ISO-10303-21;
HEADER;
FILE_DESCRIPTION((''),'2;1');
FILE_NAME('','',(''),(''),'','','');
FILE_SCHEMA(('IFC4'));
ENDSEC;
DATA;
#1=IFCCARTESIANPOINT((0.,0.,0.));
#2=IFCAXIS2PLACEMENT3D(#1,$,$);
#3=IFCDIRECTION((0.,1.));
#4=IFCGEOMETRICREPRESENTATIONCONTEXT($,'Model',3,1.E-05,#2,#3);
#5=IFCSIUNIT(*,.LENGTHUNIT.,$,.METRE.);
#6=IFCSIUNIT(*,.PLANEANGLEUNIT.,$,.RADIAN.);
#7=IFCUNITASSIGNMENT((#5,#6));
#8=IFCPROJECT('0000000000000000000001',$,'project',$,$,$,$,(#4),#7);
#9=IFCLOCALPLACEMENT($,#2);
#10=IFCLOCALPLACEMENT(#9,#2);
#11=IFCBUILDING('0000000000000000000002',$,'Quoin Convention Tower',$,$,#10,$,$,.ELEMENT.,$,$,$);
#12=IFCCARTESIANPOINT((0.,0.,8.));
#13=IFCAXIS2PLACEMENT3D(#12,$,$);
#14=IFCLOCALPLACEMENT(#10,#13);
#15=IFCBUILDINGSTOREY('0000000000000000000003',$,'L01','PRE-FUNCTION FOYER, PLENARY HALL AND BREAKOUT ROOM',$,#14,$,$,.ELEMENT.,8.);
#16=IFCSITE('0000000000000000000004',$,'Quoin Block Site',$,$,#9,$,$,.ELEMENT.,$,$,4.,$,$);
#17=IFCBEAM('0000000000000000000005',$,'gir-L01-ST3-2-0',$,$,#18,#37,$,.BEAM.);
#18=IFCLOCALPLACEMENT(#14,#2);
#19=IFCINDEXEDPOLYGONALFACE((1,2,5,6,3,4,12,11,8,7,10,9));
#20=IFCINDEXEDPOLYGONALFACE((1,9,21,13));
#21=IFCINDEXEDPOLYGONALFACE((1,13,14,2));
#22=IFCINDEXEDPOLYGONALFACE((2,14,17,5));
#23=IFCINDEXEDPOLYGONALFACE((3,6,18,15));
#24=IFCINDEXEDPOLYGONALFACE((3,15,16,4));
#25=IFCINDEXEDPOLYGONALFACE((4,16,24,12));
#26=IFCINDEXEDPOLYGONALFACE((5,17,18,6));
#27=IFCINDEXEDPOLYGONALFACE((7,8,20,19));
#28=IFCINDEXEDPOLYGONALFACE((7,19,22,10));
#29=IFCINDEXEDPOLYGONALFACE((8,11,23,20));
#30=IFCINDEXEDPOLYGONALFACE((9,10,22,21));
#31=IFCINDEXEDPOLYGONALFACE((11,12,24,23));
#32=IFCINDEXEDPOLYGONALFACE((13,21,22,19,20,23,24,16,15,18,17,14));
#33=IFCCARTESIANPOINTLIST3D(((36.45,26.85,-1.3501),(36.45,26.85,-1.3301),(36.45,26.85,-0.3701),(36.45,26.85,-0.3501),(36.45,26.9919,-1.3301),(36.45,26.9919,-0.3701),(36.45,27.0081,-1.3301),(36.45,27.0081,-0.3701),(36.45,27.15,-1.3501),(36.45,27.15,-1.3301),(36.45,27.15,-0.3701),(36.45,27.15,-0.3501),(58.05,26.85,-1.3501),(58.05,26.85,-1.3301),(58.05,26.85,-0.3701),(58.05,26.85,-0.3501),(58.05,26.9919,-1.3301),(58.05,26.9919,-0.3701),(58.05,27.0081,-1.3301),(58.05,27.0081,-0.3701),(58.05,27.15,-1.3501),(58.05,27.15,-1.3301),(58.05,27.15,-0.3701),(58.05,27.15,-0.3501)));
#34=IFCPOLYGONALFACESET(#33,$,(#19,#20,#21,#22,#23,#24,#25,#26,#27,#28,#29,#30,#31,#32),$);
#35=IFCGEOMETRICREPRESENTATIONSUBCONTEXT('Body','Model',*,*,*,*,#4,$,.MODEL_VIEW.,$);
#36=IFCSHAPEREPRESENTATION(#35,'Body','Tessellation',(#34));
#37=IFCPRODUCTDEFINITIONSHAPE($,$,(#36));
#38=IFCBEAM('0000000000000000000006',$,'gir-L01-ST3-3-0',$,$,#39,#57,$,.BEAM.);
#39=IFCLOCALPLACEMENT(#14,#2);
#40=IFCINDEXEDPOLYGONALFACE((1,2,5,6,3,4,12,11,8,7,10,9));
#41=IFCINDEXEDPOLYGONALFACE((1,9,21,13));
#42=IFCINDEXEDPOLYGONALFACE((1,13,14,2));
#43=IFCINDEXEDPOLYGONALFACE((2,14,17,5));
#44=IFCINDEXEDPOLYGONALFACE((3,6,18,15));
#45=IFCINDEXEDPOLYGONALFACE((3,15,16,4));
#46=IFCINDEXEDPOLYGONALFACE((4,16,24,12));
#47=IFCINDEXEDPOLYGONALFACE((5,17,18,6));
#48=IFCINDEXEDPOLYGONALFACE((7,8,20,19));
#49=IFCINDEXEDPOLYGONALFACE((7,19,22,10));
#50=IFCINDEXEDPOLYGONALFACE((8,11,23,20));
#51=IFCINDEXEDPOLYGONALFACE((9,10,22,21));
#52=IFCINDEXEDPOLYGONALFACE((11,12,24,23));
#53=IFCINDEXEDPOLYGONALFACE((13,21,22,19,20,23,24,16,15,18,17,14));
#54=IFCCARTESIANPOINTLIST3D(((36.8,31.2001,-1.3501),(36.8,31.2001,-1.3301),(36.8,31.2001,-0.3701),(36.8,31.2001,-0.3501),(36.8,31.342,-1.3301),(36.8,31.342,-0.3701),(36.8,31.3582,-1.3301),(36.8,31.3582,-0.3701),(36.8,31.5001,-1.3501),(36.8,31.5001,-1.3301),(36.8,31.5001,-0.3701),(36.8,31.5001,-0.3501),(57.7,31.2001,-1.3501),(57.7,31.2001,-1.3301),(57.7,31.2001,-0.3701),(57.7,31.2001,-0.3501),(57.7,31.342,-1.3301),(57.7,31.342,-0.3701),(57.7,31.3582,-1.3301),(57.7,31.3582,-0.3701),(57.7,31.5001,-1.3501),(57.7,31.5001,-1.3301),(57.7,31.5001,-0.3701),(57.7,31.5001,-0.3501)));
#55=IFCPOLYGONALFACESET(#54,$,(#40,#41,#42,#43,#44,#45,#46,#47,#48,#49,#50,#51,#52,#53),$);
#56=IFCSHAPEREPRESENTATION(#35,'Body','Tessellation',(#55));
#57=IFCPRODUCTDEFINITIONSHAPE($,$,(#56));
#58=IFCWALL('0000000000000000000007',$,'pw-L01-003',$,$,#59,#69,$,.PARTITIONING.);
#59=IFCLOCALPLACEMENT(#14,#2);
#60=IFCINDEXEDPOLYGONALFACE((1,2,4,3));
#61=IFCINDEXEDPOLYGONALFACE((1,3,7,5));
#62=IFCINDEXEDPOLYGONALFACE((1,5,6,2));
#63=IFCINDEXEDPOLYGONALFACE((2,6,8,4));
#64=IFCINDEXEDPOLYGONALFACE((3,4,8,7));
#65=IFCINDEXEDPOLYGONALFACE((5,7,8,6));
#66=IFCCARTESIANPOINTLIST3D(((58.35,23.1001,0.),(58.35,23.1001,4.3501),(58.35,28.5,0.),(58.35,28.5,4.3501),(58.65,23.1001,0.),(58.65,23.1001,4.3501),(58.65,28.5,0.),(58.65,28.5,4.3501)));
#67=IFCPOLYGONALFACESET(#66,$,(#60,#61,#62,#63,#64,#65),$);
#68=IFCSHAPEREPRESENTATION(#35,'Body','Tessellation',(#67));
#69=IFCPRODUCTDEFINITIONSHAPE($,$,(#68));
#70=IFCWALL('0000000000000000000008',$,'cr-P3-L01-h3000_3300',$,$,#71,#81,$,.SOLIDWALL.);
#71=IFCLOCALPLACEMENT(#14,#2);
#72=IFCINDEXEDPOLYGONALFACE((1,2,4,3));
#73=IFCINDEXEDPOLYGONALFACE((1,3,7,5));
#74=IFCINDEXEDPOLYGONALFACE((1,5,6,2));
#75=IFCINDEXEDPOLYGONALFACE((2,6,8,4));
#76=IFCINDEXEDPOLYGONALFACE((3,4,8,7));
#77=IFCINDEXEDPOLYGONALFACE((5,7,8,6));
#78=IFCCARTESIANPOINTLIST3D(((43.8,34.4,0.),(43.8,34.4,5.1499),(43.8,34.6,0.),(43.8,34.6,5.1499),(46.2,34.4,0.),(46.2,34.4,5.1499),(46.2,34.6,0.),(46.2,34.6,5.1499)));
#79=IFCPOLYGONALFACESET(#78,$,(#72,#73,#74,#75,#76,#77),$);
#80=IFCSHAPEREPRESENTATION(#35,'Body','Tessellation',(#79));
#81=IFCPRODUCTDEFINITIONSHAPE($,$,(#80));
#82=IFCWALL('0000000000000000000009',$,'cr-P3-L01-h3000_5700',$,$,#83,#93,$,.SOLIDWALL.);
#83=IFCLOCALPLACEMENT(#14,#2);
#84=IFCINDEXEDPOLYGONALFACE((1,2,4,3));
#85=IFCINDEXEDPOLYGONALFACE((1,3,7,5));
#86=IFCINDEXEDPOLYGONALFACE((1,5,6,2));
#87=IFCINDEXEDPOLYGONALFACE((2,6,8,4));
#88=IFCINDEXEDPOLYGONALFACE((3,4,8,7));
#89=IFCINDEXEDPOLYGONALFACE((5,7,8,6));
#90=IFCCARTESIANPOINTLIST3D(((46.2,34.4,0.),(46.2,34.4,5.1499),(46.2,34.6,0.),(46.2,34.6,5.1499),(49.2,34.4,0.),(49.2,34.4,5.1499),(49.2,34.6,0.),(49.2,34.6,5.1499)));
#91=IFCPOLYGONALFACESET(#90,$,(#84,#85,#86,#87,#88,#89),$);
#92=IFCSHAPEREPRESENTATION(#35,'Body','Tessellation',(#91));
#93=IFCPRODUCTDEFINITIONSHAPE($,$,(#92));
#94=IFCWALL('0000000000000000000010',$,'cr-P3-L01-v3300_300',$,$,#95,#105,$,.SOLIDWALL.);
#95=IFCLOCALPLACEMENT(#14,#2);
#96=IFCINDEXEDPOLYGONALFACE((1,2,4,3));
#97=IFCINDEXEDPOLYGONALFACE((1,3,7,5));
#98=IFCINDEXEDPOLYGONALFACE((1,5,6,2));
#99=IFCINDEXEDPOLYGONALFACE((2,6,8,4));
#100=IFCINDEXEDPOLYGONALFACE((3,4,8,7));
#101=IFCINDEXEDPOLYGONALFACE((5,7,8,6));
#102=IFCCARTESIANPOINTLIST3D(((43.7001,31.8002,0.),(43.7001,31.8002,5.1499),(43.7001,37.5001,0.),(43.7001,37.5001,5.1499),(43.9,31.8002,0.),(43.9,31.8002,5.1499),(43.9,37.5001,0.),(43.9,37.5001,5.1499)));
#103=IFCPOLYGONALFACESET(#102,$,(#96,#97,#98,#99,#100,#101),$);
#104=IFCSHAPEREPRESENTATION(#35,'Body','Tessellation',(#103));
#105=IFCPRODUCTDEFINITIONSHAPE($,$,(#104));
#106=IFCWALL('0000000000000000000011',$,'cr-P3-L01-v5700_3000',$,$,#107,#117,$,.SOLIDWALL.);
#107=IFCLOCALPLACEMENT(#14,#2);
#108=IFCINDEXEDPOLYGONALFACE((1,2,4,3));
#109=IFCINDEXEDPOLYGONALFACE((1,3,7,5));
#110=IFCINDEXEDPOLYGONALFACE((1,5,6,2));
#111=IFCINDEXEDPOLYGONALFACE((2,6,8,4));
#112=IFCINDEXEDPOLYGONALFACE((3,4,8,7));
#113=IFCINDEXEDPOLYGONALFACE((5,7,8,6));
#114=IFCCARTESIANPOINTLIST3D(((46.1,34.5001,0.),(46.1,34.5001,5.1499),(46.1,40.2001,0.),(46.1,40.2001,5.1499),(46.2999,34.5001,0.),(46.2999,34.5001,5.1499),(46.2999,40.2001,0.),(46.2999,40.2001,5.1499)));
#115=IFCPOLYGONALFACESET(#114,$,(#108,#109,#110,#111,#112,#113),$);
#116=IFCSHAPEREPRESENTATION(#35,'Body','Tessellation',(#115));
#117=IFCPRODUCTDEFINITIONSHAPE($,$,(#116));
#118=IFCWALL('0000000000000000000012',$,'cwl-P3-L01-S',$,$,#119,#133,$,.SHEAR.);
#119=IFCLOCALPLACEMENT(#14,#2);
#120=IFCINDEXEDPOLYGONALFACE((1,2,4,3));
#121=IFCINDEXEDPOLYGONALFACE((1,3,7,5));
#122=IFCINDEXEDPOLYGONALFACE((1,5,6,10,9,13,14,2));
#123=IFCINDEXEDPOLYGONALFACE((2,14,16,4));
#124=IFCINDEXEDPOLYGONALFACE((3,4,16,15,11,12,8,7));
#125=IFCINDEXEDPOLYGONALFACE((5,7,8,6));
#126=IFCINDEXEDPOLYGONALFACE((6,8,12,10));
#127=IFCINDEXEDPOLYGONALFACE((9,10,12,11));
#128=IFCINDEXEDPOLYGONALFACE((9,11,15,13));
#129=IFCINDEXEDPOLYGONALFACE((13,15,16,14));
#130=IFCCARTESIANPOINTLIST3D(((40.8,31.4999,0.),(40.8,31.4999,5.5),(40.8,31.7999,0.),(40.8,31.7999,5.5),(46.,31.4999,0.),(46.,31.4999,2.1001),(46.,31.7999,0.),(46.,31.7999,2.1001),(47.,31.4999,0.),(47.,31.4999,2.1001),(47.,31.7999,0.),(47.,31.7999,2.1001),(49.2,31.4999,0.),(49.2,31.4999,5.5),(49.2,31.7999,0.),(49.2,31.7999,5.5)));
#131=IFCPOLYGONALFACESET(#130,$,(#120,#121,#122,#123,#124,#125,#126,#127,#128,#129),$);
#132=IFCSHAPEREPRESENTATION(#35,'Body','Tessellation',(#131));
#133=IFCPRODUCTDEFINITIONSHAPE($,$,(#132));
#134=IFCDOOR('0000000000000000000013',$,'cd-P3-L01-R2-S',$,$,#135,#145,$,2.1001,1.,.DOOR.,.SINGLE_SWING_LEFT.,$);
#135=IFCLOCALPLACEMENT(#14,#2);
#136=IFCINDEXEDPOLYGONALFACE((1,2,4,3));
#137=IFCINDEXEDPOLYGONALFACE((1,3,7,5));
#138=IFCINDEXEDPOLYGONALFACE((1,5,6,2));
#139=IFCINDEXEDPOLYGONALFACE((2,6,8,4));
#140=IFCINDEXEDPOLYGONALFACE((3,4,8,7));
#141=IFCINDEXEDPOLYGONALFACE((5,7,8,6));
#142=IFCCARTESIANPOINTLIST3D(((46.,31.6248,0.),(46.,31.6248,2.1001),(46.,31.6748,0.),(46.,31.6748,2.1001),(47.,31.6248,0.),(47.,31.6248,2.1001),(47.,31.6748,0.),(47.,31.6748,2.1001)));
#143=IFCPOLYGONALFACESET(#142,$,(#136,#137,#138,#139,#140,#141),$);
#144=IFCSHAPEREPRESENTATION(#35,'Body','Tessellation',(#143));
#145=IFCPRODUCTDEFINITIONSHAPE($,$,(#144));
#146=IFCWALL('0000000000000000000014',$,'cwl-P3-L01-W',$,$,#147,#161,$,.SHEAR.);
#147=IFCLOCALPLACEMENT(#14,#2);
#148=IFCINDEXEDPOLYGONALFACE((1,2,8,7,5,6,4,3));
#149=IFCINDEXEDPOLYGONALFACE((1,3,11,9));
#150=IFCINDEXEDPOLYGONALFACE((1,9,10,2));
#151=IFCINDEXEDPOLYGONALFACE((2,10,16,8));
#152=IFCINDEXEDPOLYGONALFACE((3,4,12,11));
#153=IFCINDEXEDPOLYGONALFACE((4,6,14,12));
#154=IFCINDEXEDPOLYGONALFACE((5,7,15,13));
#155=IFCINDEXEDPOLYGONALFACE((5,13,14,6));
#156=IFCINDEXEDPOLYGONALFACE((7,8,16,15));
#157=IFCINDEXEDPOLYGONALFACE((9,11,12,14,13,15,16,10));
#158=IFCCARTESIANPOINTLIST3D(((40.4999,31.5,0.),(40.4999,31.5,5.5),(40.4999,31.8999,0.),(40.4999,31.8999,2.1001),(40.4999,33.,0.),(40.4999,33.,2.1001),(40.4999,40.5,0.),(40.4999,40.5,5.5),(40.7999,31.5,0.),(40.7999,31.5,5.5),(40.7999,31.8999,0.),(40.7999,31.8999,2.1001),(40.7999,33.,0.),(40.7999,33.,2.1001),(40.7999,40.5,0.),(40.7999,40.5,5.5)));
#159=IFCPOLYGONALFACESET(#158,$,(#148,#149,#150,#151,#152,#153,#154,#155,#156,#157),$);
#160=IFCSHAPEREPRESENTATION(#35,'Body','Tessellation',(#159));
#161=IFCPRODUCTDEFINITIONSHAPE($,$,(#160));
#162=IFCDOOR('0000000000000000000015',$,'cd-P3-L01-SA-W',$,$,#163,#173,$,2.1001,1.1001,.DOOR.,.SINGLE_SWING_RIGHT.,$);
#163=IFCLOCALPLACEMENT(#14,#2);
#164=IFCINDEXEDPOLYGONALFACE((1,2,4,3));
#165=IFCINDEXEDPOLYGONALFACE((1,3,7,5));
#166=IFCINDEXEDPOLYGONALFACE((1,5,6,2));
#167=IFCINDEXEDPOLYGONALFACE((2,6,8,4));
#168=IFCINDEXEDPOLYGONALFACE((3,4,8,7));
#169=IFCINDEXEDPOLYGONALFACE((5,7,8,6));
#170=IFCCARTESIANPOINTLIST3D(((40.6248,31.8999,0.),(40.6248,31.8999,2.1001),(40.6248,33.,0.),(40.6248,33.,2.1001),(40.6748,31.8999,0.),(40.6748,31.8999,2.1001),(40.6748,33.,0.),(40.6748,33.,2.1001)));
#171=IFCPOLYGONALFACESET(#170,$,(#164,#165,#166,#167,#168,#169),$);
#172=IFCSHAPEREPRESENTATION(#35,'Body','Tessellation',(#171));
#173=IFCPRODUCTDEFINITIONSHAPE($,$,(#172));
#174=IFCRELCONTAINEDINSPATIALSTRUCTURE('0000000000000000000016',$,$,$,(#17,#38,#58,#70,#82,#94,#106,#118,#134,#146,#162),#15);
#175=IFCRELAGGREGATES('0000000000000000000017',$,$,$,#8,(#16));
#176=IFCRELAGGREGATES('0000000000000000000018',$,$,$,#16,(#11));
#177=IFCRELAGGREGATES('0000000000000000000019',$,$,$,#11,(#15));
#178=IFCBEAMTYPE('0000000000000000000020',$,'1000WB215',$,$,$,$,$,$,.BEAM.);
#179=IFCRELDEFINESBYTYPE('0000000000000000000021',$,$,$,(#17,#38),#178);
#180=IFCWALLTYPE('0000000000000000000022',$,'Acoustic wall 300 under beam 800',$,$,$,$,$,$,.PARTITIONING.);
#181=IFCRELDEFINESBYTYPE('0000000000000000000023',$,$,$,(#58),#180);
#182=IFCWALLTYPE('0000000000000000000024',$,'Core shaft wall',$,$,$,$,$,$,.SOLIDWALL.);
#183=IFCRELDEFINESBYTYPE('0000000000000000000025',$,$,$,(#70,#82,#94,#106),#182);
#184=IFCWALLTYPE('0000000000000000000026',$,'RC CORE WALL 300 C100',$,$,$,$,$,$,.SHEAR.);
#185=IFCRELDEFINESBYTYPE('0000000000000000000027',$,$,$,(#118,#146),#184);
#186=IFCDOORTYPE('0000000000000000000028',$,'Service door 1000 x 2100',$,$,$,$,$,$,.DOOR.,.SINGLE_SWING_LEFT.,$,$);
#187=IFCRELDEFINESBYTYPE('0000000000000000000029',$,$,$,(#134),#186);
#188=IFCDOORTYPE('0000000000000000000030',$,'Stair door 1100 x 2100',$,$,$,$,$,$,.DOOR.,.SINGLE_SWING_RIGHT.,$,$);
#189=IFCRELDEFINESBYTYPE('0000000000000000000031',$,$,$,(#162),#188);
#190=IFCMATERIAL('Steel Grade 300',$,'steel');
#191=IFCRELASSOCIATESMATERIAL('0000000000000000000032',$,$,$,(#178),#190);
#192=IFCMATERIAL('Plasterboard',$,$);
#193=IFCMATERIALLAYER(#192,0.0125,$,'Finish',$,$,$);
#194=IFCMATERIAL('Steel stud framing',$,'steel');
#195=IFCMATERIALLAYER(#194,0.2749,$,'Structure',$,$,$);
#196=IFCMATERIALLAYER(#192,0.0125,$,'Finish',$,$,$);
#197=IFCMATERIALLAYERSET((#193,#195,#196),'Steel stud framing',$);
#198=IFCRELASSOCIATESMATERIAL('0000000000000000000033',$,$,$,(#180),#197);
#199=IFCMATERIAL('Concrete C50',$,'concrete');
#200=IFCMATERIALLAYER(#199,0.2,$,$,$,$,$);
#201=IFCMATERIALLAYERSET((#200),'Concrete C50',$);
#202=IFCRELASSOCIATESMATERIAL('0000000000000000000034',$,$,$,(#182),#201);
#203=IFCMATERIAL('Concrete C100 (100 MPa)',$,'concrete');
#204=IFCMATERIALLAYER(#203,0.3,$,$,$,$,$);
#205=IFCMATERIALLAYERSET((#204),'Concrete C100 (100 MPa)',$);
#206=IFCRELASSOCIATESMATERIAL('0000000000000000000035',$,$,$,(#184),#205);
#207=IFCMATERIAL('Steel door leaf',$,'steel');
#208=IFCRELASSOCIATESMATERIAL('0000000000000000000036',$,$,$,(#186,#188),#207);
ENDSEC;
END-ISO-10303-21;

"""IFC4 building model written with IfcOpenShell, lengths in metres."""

from ifc_helpers import new_model, si_unit, direction, frame, frame_2d, origin, origin_2d, place, context, subcontext, project, spatial, rectangle, i_section, extrude, material, layer, layer_set, material_profile, profile_set, type_object, element, fill, save


model = new_model("IFC4")

# Units and contexts
model_context = context("Model", 3, precision=1e-05, world=origin(), true_north=direction((0.0, 1.0)))
body_context = subcontext(model_context, "Body", "Model", "MODEL_VIEW")
ifc_project = project(units=[si_unit("LENGTHUNIT", "METRE"), si_unit("PLANEANGLEUNIT", "RADIAN")], contexts=[model_context])

# Site, building, storey
site_placement = place(None, origin())
site = spatial("IfcSite", under=ifc_project, at=site_placement, Name="Quoin Block Site", CompositionType="ELEMENT", RefElevation=4.0)
building_placement = place(site_placement, origin())
building = spatial("IfcBuilding", under=site, at=building_placement, Name="Quoin Convention Tower", CompositionType="ELEMENT")
storey_placement = place(building_placement, frame((0.0, 0.0, 8.0)))
storey = spatial("IfcBuildingStorey", under=building, at=storey_placement, Name="L01", Description="PRE-FUNCTION FOYER, PLENARY HALL AND BREAKOUT ROOM", CompositionType="ELEMENT", Elevation=8.0)

# Beams
ifc_material_1 = material(Name="Steel Grade 300", Category="steel")
ifc_material_profile = material_profile(ifc_material_1, i_section(OverallWidth=0.3, OverallDepth=1.0, WebThickness=0.0161, FlangeThickness=0.02, at=origin_2d()), Name="1000WB215")
ifc_profile_set = profile_set([ifc_material_profile], Name="Steel Grade 300")
beam_type = type_object("IfcBeamType", Name="1000WB215", PredefinedType="BEAM", material=ifc_profile_set)
beam_1_placement = place(storey_placement, frame((36.45, 27.0, -0.8501), z_axis=(1.0, 0.0, 0.0), x_axis=(0.0, 1.0, 0.0)))
element("IfcBeam", 1, at=beam_1_placement, inside=storey, type_object=beam_type, Name="gir-L01-ST3-2-0", PredefinedType="BEAM", context=body_context, shape_type="SweptSolid", body=[
    extrude(i_section(OverallWidth=0.3, OverallDepth=1.0, WebThickness=0.0161, FlangeThickness=0.02, at=origin_2d()), origin(), (0.0, 0.0, 1.0), 21.6001),
])
beam_2_placement = place(storey_placement, frame((36.8, 31.3501, -0.8501), z_axis=(1.0, 0.0, 0.0), x_axis=(0.0, 1.0, 0.0)))
element("IfcBeam", 2, at=beam_2_placement, inside=storey, type_object=beam_type, Name="gir-L01-ST3-3-0", PredefinedType="BEAM", context=body_context, shape_type="SweptSolid", body=[
    extrude(i_section(OverallWidth=0.3, OverallDepth=1.0, WebThickness=0.0161, FlangeThickness=0.02, at=origin_2d()), origin(), (0.0, 0.0, 1.0), 20.8999),
])

# Walls
ifc_material_2 = material(Name="Plasterboard")
ifc_layer_1 = layer(ifc_material_2, 0.0125, Name="Finish")
ifc_material_3 = material(Name="Steel stud framing", Category="steel")
ifc_layer_2 = layer(ifc_material_3, 0.2749, Name="Structure")
ifc_layer_3 = layer(ifc_material_2, 0.0125, Name="Finish")
ifc_layer_set_1 = layer_set([ifc_layer_1, ifc_layer_2, ifc_layer_3], Name="Steel stud framing")
wall_type_1 = type_object("IfcWallType", Name="Acoustic wall 300 under beam 800", PredefinedType="PARTITIONING", material=ifc_layer_set_1)
wall_1_placement = place(storey_placement, frame((58.5, 23.1001, 0.0), z_axis=(0.0, 0.0, 1.0), x_axis=(0.0, 1.0, 0.0)))
element("IfcWall", 3, at=wall_1_placement, inside=storey, type_object=wall_type_1, Name="pw-L01-003", PredefinedType="PARTITIONING", context=body_context, shape_type="SweptSolid", body=[
    extrude(rectangle(XDim=5.3999, YDim=0.3, at=frame_2d((2.7, 0.0))), origin(), (0.0, 0.0, 1.0), 4.3501),
])
ifc_material_4 = material(Name="Concrete C50", Category="concrete")
ifc_layer_4 = layer(ifc_material_4, 0.2)
ifc_layer_set_2 = layer_set([ifc_layer_4], Name="Concrete C50")
wall_type_2 = type_object("IfcWallType", Name="Core shaft wall", PredefinedType="SOLIDWALL", material=ifc_layer_set_2)
wall_2_placement = place(storey_placement, frame((43.8, 34.5, 0.0), z_axis=(0.0, 0.0, 1.0), x_axis=(1.0, 0.0, 0.0)))
element("IfcWall", 4, at=wall_2_placement, inside=storey, type_object=wall_type_2, Name="cr-P3-L01-h3000_3300", PredefinedType="SOLIDWALL", context=body_context, shape_type="SweptSolid", body=[
    extrude(rectangle(XDim=2.3999, YDim=0.2, at=frame_2d((1.2, 0.0))), origin(), (0.0, 0.0, 1.0), 5.1499),
])
wall_3_placement = place(storey_placement, frame((46.2, 34.5, 0.0), z_axis=(0.0, 0.0, 1.0), x_axis=(1.0, 0.0, 0.0)))
element("IfcWall", 5, at=wall_3_placement, inside=storey, type_object=wall_type_2, Name="cr-P3-L01-h3000_5700", PredefinedType="SOLIDWALL", context=body_context, shape_type="SweptSolid", body=[
    extrude(rectangle(XDim=3.0, YDim=0.2, at=frame_2d((1.5, 0.0))), origin(), (0.0, 0.0, 1.0), 5.1499),
])
for number, where, z_axis, x_axis, name in (
    (6, (43.8, 31.8, 0.0), (0.0, 0.0, 1.0), (0.0, 1.0, 0.0), "cr-P3-L01-v3300_300"),
    (7, (46.2, 34.5, 0.0), (0.0, 0.0, 1.0), (0.0, 1.0, 0.0), "cr-P3-L01-v5700_3000"),
):
    element("IfcWall", number, at=place(storey_placement, frame(where, z_axis=z_axis, x_axis=x_axis)), inside=storey, type_object=wall_type_2, Name=name, PredefinedType="SOLIDWALL", context=body_context, shape_type="SweptSolid", body=[
        extrude(rectangle(XDim=5.7, YDim=0.2, at=frame_2d((2.8501, 0.0))), origin(), (0.0, 0.0, 1.0), 5.1499),
    ])

# Walls, openings, doors
ifc_material_5 = material(Name="Concrete C100 (100 MPa)", Category="concrete")
ifc_layer_5 = layer(ifc_material_5, 0.3)
ifc_layer_set_3 = layer_set([ifc_layer_5], Name="Concrete C100 (100 MPa)")
wall_type_3 = type_object("IfcWallType", Name="RC CORE WALL 300 C100", PredefinedType="SHEAR", material=ifc_layer_set_3)
wall_4_placement = place(storey_placement, frame((40.8, 31.6499, 0.0), z_axis=(0.0, 0.0, 1.0), x_axis=(1.0, 0.0, 0.0)))
wall_4 = element("IfcWall", 8, at=wall_4_placement, inside=storey, type_object=wall_type_3, Name="cwl-P3-L01-S", PredefinedType="SHEAR", context=body_context, shape_type="SweptSolid", body=[
    extrude(rectangle(XDim=8.3999, YDim=0.3, at=frame_2d((4.2, 0.0))), origin(), (0.0, 0.0, 1.0), 5.5),
])
opening_1_placement = place(wall_4_placement, frame((5.2, 0.0, 0.0)))
opening_1 = element("IfcOpeningElement", 9, at=opening_1_placement, cuts=wall_4, PredefinedType="OPENING", context=body_context, shape_type="SweptSolid", body=[
    extrude(rectangle(XDim=1.0, YDim=2.1001, at=frame_2d((0.5, 1.05))), frame((0.0, 0.1599, 0.0), z_axis=(0.0, -1.0, 0.0), x_axis=(1.0, 0.0, 0.0)), (0.0, 0.0, 1.0), 0.3201),
])
ifc_material_6 = material(Name="Steel door leaf", Category="steel")
door_type_1 = type_object("IfcDoorType", Name="Service door 1000 x 2100", OperationType="SINGLE_SWING_LEFT", PredefinedType="DOOR", material=ifc_material_6)
door_1_placement = place(opening_1_placement, origin())
door_1 = element("IfcDoor", 10, at=door_1_placement, inside=storey, type_object=door_type_1, Name="cd-P3-L01-R2-S", OperationType="SINGLE_SWING_LEFT", OverallHeight=2.1001, OverallWidth=1.0, PredefinedType="DOOR", context=body_context, shape_type="SweptSolid", body=[
    extrude(rectangle(XDim=1.0, YDim=2.1001, at=frame_2d((0.5, 1.05))), frame((0.0, 0.0249, 0.0), z_axis=(0.0, -1.0, 0.0), x_axis=(1.0, 0.0, 0.0)), (0.0, 0.0, 1.0), 0.05),
])
fill(opening_1, door_1)
wall_5_placement = place(storey_placement, frame((40.6499, 31.5, 0.0), z_axis=(0.0, 0.0, 1.0), x_axis=(0.0, 1.0, 0.0)))
wall_5 = element("IfcWall", 11, at=wall_5_placement, inside=storey, type_object=wall_type_3, Name="cwl-P3-L01-W", PredefinedType="SHEAR", context=body_context, shape_type="SweptSolid", body=[
    extrude(rectangle(XDim=9.0, YDim=0.3, at=frame_2d((4.5, 0.0))), origin(), (0.0, 0.0, 1.0), 5.5),
])
opening_2_placement = place(wall_5_placement, frame((0.3999, 0.0, 0.0)))
opening_2 = element("IfcOpeningElement", 12, at=opening_2_placement, cuts=wall_5, PredefinedType="OPENING", context=body_context, shape_type="SweptSolid", body=[
    extrude(rectangle(XDim=1.1001, YDim=2.1001, at=frame_2d((0.55, 1.05))), frame((0.0, 0.1599, 0.0), z_axis=(0.0, -1.0, 0.0), x_axis=(1.0, 0.0, 0.0)), (0.0, 0.0, 1.0), 0.3201),
])
door_type_2 = type_object("IfcDoorType", Name="Stair door 1100 x 2100", OperationType="SINGLE_SWING_RIGHT", PredefinedType="DOOR", material=ifc_material_6)
door_2_placement = place(opening_2_placement, frame((1.1001, 0.0, 0.0), z_axis=(0.0, 0.0, 1.0), x_axis=(-1.0, 0.0, 0.0)))
door_2 = element("IfcDoor", 13, at=door_2_placement, inside=storey, type_object=door_type_2, Name="cd-P3-L01-SA-W", OperationType="SINGLE_SWING_RIGHT", OverallHeight=2.1001, OverallWidth=1.1001, PredefinedType="DOOR", context=body_context, shape_type="SweptSolid", body=[
    extrude(rectangle(XDim=1.1001, YDim=2.1001, at=frame_2d((0.55, 1.05))), frame((0.0, 0.0249, 0.0), z_axis=(0.0, -1.0, 0.0), x_axis=(1.0, 0.0, 0.0)), (0.0, 0.0, 1.0), 0.05),
])
fill(opening_2, door_2)

save(model, "model.ifc")
